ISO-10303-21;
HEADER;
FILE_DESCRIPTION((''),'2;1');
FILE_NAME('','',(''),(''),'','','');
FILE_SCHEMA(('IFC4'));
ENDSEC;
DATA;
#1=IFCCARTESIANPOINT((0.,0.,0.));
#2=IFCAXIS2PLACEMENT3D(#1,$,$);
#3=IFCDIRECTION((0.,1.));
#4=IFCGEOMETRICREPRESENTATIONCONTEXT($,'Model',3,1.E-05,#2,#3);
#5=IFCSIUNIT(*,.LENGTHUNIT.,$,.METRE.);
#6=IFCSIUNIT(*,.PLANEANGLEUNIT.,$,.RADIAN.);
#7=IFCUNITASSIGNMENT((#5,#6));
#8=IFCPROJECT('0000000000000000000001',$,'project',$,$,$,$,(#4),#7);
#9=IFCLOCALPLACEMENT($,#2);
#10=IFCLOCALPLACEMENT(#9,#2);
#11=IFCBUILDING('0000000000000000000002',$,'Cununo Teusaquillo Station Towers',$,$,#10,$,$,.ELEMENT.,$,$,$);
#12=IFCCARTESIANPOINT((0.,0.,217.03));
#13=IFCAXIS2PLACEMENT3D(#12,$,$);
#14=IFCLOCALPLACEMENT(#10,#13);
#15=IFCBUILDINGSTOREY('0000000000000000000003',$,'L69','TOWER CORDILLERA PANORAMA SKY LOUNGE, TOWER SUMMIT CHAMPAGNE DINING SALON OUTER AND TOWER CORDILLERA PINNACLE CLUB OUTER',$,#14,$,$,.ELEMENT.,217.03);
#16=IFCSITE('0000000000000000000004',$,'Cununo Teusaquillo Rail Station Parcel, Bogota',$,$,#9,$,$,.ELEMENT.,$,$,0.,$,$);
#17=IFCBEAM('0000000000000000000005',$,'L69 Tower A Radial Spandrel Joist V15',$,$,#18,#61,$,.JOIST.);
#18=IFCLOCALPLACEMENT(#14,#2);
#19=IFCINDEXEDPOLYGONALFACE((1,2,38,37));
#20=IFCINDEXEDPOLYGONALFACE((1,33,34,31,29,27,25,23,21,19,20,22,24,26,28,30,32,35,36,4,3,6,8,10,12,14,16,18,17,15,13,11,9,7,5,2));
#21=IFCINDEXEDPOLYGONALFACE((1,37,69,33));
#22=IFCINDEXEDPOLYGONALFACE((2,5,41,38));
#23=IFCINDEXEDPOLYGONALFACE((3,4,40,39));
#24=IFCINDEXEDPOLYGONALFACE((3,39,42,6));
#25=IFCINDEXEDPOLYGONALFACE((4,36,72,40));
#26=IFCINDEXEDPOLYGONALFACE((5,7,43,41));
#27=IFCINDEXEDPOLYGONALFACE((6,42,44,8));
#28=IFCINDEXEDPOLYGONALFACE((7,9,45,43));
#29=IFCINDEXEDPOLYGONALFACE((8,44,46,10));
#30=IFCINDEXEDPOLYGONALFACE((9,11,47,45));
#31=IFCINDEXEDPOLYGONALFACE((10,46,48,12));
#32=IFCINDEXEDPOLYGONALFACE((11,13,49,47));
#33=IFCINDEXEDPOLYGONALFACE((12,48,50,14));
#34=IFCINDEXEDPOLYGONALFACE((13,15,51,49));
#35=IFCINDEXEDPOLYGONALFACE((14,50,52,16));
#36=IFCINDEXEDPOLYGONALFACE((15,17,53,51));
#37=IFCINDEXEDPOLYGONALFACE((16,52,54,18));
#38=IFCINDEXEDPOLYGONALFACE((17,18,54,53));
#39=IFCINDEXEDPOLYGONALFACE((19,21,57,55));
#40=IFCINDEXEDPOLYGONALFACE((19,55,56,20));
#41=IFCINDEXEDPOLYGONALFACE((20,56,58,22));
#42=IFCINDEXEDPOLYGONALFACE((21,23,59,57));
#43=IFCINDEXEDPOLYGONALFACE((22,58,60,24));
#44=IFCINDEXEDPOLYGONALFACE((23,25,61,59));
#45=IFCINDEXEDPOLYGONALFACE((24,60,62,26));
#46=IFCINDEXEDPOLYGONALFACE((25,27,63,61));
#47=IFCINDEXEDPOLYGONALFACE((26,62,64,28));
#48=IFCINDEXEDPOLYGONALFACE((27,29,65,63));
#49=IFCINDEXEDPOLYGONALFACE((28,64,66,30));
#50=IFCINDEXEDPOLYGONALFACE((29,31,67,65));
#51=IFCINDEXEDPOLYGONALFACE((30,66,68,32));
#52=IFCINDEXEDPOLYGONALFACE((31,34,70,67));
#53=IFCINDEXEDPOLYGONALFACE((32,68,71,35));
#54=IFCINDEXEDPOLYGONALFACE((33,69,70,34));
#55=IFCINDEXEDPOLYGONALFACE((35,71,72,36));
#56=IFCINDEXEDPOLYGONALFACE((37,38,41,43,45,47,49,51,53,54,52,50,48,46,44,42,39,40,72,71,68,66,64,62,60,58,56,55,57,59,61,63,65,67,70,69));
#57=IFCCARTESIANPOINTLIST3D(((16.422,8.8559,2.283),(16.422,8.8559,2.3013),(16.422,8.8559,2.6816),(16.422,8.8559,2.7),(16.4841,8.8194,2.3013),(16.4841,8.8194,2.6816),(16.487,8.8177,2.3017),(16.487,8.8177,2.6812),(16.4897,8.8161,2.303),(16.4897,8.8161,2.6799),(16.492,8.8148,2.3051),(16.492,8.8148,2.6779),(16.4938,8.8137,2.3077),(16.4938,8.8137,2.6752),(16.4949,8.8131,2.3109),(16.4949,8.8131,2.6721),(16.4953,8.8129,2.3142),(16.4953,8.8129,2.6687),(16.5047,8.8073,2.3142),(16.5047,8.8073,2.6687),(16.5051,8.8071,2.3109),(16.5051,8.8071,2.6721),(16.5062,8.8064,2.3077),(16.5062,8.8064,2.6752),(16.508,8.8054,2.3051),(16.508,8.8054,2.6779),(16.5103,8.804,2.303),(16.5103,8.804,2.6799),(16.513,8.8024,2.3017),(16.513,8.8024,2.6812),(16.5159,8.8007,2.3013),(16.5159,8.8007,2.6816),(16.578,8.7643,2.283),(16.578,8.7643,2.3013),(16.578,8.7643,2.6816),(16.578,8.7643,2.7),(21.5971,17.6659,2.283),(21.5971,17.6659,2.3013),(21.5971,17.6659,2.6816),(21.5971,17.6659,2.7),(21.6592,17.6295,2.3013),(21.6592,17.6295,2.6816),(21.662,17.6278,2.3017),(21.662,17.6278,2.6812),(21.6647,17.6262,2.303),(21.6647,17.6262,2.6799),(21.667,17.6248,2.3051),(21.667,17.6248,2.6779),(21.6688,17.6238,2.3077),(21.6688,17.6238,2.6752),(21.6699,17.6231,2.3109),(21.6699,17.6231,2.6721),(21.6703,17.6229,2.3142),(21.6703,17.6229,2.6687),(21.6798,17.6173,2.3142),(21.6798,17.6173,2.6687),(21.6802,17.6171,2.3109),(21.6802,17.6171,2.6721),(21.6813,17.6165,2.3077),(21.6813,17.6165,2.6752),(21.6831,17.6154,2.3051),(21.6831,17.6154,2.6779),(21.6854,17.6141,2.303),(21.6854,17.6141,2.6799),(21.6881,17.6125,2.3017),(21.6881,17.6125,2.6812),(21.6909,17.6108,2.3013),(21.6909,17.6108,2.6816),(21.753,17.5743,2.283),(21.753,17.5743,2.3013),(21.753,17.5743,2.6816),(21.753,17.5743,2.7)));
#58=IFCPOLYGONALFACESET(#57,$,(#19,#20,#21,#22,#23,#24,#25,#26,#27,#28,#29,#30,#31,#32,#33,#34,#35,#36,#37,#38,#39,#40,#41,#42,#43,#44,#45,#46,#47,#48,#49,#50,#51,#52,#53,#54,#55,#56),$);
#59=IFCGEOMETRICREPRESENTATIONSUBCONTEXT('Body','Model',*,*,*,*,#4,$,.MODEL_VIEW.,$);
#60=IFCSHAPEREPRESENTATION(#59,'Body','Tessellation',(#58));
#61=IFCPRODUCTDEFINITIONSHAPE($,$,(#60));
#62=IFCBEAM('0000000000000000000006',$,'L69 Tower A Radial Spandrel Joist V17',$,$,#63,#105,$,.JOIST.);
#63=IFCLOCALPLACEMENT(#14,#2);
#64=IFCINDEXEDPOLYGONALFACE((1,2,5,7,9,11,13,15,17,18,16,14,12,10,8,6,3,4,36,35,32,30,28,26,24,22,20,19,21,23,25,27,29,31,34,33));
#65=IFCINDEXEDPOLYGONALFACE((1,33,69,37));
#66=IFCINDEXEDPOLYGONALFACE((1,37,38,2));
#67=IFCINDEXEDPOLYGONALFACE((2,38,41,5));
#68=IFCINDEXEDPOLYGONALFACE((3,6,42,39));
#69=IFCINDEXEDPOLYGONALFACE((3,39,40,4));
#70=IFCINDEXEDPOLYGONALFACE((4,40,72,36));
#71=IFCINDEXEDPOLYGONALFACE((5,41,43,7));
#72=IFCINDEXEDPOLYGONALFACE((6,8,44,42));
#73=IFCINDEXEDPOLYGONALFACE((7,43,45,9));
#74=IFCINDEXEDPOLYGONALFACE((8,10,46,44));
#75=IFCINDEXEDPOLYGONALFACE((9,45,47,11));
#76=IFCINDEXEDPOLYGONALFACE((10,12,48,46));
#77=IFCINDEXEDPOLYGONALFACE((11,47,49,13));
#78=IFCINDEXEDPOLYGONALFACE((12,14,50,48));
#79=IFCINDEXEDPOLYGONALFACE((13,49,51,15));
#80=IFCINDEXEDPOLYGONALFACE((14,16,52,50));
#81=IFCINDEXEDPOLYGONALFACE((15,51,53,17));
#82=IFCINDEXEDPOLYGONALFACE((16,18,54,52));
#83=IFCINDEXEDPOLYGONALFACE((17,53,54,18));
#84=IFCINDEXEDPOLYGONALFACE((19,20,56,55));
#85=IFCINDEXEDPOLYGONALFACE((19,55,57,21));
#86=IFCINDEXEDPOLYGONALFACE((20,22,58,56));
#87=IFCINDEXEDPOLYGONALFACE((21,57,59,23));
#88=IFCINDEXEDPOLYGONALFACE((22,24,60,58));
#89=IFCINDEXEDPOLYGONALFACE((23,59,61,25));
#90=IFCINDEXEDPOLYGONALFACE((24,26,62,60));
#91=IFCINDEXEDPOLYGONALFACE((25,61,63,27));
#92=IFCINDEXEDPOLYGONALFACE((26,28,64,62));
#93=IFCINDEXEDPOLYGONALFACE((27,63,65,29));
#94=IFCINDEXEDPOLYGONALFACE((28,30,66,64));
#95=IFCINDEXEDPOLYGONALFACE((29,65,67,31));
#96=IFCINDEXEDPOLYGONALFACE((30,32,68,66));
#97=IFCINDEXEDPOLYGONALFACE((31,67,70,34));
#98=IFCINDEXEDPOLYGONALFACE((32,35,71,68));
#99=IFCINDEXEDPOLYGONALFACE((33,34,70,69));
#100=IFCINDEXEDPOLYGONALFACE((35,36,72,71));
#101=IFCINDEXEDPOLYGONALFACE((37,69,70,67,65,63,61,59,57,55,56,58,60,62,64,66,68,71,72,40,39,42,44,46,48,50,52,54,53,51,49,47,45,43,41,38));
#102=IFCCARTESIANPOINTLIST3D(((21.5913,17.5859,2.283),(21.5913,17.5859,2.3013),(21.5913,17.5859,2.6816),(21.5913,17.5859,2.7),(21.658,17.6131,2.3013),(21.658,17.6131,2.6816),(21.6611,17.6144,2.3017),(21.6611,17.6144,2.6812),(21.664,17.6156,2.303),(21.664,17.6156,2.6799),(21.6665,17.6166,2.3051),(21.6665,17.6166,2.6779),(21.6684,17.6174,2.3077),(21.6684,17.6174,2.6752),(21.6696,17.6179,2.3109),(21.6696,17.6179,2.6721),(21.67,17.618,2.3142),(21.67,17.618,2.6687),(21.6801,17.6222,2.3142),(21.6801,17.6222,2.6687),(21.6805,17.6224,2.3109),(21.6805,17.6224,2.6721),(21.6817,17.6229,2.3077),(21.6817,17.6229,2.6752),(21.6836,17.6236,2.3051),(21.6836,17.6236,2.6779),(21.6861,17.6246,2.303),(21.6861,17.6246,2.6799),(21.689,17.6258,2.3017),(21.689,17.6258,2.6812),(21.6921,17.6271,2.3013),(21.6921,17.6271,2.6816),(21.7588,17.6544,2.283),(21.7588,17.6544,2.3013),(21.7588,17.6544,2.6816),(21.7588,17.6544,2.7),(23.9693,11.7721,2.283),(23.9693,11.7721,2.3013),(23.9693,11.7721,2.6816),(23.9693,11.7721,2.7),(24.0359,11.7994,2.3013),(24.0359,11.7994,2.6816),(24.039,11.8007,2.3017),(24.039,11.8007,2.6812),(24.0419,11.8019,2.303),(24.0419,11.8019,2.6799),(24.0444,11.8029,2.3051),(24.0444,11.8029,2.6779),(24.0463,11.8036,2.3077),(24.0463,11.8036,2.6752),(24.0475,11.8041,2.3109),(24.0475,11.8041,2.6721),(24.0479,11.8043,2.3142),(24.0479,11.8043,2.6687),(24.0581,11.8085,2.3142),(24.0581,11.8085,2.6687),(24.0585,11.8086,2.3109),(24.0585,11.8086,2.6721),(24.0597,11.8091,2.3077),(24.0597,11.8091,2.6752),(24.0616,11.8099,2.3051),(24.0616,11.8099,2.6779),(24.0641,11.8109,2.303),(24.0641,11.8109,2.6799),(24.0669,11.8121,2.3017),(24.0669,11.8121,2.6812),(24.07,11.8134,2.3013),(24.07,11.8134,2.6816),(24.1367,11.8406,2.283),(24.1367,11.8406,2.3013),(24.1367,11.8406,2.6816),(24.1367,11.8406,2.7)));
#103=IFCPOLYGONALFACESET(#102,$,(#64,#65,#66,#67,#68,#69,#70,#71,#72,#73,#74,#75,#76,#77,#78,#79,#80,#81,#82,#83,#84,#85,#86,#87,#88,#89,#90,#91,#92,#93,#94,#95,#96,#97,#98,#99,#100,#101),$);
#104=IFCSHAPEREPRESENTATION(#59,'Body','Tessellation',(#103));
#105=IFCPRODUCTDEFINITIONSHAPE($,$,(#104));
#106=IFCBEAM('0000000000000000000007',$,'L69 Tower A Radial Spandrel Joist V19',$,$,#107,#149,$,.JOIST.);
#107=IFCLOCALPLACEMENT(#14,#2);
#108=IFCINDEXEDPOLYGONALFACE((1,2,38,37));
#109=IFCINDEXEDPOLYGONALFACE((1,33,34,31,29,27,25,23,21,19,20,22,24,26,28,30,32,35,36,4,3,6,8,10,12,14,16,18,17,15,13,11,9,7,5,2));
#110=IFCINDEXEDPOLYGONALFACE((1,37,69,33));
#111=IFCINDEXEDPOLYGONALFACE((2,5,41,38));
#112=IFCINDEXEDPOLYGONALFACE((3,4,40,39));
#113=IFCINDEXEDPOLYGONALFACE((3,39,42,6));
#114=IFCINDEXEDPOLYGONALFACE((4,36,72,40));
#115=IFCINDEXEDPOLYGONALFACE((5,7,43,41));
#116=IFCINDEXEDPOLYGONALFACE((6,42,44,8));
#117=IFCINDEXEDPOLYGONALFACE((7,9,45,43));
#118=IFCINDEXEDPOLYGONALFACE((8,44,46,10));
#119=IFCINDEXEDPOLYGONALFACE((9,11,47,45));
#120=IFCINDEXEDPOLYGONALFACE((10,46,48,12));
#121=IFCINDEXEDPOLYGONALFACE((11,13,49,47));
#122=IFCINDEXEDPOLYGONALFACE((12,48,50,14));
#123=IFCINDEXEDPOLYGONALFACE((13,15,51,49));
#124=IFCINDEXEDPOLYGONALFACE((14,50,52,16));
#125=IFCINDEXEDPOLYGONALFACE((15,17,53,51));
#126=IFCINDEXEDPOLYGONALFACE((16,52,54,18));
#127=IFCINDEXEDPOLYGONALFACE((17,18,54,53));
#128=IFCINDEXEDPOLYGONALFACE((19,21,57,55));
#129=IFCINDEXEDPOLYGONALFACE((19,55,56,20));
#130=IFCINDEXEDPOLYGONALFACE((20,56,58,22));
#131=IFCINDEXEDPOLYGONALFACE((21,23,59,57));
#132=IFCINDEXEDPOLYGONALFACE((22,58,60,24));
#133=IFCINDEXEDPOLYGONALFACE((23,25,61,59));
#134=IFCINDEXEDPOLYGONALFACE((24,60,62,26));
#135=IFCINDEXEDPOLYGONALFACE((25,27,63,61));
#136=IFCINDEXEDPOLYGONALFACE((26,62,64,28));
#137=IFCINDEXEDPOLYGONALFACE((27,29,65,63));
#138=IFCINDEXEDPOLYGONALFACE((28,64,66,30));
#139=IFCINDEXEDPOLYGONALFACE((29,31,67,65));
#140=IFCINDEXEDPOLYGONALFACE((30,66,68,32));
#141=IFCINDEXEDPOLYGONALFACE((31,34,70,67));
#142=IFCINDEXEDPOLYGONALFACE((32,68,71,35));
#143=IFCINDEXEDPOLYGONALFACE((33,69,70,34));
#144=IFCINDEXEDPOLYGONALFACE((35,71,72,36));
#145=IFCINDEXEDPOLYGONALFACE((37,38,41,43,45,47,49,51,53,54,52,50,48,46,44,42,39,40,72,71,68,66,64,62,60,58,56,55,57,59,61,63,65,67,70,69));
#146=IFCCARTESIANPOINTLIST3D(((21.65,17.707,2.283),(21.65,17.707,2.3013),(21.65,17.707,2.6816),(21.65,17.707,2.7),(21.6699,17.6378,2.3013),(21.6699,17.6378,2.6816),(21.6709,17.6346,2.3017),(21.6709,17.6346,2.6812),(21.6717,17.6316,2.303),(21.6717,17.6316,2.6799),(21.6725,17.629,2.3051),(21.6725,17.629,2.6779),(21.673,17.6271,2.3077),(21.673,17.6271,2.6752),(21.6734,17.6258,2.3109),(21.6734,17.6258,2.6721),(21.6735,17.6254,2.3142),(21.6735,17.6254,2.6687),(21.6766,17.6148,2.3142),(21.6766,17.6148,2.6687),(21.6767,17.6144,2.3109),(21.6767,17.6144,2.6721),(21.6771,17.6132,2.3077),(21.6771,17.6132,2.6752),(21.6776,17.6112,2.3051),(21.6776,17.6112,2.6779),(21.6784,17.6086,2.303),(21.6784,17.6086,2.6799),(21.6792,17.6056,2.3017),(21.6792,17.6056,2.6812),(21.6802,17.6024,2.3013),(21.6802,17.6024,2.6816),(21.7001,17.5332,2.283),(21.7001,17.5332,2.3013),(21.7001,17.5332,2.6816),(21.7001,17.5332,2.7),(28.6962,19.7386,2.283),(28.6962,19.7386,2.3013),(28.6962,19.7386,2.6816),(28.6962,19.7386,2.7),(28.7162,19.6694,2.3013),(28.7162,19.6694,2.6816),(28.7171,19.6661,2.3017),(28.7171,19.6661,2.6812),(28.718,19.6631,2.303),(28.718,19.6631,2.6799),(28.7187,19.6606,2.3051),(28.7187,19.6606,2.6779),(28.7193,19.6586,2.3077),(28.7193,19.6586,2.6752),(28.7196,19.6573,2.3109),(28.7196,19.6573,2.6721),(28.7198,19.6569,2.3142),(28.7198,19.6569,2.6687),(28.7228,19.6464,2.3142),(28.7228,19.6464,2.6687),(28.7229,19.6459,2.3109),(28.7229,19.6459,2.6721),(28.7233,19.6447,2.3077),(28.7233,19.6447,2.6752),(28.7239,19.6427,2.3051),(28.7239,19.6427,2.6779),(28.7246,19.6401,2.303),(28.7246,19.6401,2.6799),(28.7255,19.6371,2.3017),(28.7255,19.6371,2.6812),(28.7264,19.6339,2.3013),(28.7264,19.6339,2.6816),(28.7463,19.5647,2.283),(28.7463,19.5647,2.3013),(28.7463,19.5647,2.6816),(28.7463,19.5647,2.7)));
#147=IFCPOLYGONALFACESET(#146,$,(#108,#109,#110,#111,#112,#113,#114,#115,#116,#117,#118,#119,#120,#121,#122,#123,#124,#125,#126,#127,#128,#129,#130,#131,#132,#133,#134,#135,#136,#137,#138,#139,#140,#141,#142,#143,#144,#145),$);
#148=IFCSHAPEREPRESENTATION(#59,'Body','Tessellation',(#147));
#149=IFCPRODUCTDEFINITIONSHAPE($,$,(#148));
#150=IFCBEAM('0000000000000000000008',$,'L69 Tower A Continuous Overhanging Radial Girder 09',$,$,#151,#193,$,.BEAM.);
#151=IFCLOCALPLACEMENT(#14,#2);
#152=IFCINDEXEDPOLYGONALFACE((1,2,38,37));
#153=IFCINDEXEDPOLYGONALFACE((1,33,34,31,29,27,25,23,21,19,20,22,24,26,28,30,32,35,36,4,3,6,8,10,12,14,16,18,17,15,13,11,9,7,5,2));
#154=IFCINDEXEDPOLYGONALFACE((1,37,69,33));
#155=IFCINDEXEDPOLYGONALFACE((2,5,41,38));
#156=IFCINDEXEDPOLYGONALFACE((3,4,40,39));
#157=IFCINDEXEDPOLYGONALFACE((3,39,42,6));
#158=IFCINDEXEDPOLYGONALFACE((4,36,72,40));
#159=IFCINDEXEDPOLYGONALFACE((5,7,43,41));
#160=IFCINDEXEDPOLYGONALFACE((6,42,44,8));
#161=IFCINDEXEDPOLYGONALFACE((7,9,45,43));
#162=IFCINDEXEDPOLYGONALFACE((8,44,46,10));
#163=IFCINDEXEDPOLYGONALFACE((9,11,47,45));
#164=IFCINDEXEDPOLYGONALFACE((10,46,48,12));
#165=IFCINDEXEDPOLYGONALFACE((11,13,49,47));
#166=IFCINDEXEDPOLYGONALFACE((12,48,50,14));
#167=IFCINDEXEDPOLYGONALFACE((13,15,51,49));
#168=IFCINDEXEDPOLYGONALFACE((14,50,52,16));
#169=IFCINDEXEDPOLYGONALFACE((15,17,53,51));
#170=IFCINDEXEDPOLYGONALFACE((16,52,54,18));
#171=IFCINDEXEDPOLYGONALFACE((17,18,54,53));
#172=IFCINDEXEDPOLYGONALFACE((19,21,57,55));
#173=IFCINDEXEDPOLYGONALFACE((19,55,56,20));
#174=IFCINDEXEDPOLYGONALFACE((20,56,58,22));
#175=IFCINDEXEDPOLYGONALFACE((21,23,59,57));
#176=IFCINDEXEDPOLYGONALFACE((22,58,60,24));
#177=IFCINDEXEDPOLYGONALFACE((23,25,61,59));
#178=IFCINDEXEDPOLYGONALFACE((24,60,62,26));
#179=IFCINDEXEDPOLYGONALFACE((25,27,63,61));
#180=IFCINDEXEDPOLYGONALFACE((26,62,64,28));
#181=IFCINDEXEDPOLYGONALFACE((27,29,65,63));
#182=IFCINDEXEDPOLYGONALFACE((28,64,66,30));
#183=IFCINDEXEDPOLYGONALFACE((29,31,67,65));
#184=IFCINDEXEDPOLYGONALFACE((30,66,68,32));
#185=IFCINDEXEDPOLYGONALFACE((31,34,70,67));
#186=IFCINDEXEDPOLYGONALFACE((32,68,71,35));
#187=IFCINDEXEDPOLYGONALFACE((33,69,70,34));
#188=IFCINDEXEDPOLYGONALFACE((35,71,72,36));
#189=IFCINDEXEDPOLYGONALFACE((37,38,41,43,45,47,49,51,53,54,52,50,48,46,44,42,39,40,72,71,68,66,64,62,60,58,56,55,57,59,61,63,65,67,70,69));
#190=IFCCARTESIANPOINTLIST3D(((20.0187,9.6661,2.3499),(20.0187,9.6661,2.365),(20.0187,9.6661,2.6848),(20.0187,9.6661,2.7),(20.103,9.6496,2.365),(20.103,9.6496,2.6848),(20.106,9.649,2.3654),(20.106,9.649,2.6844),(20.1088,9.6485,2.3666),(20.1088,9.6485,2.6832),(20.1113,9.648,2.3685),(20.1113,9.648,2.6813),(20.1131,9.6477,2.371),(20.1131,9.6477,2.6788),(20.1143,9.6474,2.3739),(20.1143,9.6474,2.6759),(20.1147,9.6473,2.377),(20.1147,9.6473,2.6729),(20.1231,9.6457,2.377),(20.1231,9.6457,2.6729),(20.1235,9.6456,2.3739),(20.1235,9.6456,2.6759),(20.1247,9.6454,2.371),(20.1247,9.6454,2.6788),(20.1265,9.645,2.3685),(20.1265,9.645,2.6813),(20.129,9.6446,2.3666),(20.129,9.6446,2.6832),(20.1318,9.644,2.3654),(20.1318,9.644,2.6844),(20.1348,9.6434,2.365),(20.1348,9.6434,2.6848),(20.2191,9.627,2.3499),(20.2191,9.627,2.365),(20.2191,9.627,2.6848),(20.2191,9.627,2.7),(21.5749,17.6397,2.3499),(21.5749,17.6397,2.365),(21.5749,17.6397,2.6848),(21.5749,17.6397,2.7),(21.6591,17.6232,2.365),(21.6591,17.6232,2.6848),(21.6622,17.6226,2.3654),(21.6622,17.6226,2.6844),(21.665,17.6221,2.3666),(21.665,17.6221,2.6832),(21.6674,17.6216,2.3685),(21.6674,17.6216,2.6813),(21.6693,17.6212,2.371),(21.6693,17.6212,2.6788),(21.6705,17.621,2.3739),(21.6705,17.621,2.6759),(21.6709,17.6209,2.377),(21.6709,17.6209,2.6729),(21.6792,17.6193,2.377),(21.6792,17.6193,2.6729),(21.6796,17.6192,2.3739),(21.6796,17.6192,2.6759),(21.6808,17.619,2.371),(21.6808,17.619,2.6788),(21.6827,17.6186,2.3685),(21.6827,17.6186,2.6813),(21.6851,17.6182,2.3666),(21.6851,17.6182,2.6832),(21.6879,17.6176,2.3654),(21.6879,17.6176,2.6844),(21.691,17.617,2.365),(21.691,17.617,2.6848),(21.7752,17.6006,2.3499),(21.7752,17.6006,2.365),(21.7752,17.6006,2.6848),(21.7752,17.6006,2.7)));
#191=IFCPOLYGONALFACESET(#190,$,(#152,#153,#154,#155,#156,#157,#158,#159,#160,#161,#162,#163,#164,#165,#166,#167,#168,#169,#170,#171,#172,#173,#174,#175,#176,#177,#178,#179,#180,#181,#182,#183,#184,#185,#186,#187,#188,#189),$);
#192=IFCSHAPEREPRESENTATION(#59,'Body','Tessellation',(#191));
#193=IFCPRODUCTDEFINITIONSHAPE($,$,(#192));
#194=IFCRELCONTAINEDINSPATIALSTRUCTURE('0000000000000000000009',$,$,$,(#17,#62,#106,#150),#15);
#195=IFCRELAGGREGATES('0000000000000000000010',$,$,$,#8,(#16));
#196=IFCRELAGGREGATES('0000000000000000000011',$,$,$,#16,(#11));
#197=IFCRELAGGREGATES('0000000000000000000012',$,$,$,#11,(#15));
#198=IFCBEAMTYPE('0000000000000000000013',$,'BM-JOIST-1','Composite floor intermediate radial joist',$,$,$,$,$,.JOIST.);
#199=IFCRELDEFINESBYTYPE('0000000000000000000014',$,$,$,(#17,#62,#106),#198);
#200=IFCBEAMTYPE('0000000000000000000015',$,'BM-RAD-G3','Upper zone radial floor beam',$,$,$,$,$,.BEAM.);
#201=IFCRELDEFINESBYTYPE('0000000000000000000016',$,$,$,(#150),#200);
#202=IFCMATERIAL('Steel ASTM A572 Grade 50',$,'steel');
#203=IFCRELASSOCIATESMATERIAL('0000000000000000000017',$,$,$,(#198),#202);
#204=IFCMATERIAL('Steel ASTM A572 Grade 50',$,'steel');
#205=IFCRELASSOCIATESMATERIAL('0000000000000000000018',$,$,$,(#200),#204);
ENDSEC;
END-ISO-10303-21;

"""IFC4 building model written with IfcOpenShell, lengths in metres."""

from ifc_helpers import new_model, si_unit, direction, frame, origin, origin_2d, place, context, subcontext, project, spatial, i_section, extrude, material, material_profile, profile_set, type_object, element, save


model = new_model("IFC4")

# Units and contexts
model_context = context("Model", 3, precision=1e-05, world=origin(), true_north=direction((0.0, 1.0)))
body_context = subcontext(model_context, "Body", "Model", "MODEL_VIEW")
ifc_project = project(units=[si_unit("LENGTHUNIT", "METRE"), si_unit("PLANEANGLEUNIT", "RADIAN")], contexts=[model_context])

# Site, building, storey
site_placement = place(None, origin())
site = spatial("IfcSite", under=ifc_project, at=site_placement, Name="Cununo Teusaquillo Rail Station Parcel, Bogota", CompositionType="ELEMENT", RefElevation=0.0)
building_placement = place(site_placement, origin())
building = spatial("IfcBuilding", under=site, at=building_placement, Name="Cununo Teusaquillo Station Towers", CompositionType="ELEMENT")
storey_placement = place(building_placement, frame((0.0, 0.0, 217.03)))
storey = spatial("IfcBuildingStorey", under=building, at=storey_placement, Name="L69", Description="TOWER CORDILLERA PANORAMA SKY LOUNGE, TOWER SUMMIT CHAMPAGNE DINING SALON OUTER AND TOWER CORDILLERA PINNACLE CLUB OUTER", CompositionType="ELEMENT", Elevation=217.03)

# Beams
ifc_material_1 = material(Name="Steel ASTM A572 Grade 50", Category="steel")
ifc_material_profile_1 = material_profile(ifc_material_1, i_section(OverallWidth=0.1809, OverallDepth=0.417, WebThickness=0.011, FlangeThickness=0.0183, FilletRadius=0.0129, at=origin_2d()), Name="W16X57")
ifc_profile_set_1 = profile_set([ifc_material_profile_1], Name="Steel ASTM A572 Grade 50")
beam_type_1 = type_object("IfcBeamType", Name="BM-JOIST-1", Description="Composite floor intermediate radial joist", PredefinedType="JOIST", material=ifc_profile_set_1)
beam_1_placement = place(storey_placement, frame((21.675, 17.6201, 2.4915), z_axis=(-0.506486, -0.862248, 0.0), x_axis=(0.862248, -0.506486, 0.0)))
element("IfcBeam", 1, at=beam_1_placement, inside=storey, type_object=beam_type_1, Name="L69 Tower A Radial Spandrel Joist V15", PredefinedType="JOIST", context=body_context, shape_type="SweptSolid", body=[
    extrude(i_section(OverallWidth=0.1809, OverallDepth=0.417, WebThickness=0.011, FlangeThickness=0.0183, FilletRadius=0.0129, at=origin_2d()), origin(), (0.0, 0.0, 1.0), 10.2175),
])
beam_2_placement = place(storey_placement, frame((21.675, 17.6201, 2.4915), z_axis=(0.378577, -0.92557, 0.0), x_axis=(0.92557, 0.378577, 0.0)))
element("IfcBeam", 2, at=beam_2_placement, inside=storey, type_object=beam_type_1, Name="L69 Tower A Radial Spandrel Joist V17", PredefinedType="JOIST", context=body_context, shape_type="SweptSolid", body=[
    extrude(i_section(OverallWidth=0.1809, OverallDepth=0.417, WebThickness=0.011, FlangeThickness=0.0183, FilletRadius=0.0129, at=origin_2d()), origin(), (0.0, 0.0, 1.0), 6.2812),
])
beam_3_placement = place(storey_placement, frame((21.675, 17.6201, 2.4915), z_axis=(0.960862, 0.277029, 0.0), x_axis=(-0.277029, 0.960862, 0.0)))
element("IfcBeam", 3, at=beam_3_placement, inside=storey, type_object=beam_type_1, Name="L69 Tower A Radial Spandrel Joist V19", PredefinedType="JOIST", context=body_context, shape_type="SweptSolid", body=[
    extrude(i_section(OverallWidth=0.1809, OverallDepth=0.417, WebThickness=0.011, FlangeThickness=0.0183, FilletRadius=0.0129, at=origin_2d()), origin(), (0.0, 0.0, 1.0), 7.3333),
])
ifc_material_2 = material(Name="Steel ASTM A572 Grade 50", Category="steel")
ifc_material_profile_2 = material_profile(ifc_material_2, i_section(OverallWidth=0.2041, OverallDepth=0.3501, WebThickness=0.0085, FlangeThickness=0.0151, FilletRadius=0.012, at=origin_2d()), Name="W14X48")
ifc_profile_set_2 = profile_set([ifc_material_profile_2], Name="Steel ASTM A572 Grade 50")
beam_type_2 = type_object("IfcBeamType", Name="BM-RAD-G3", Description="Upper zone radial floor beam", PredefinedType="BEAM", material=ifc_profile_set_2)
beam_4_placement = place(storey_placement, frame((21.675, 17.6201, 2.5249), z_axis=(-0.191548, -0.981483, 0.0), x_axis=(0.981483, -0.191548, 0.0)))
element("IfcBeam", 4, at=beam_4_placement, inside=storey, type_object=beam_type_2, Name="L69 Tower A Continuous Overhanging Radial Girder 09", PredefinedType="BEAM", context=body_context, shape_type="SweptSolid", body=[
    extrude(i_section(OverallWidth=0.2041, OverallDepth=0.3501, WebThickness=0.0085, FlangeThickness=0.0151, FilletRadius=0.012, at=origin_2d()), origin(), (0.0, 0.0, 1.0), 8.124),
])

save(model, "model.ifc")
